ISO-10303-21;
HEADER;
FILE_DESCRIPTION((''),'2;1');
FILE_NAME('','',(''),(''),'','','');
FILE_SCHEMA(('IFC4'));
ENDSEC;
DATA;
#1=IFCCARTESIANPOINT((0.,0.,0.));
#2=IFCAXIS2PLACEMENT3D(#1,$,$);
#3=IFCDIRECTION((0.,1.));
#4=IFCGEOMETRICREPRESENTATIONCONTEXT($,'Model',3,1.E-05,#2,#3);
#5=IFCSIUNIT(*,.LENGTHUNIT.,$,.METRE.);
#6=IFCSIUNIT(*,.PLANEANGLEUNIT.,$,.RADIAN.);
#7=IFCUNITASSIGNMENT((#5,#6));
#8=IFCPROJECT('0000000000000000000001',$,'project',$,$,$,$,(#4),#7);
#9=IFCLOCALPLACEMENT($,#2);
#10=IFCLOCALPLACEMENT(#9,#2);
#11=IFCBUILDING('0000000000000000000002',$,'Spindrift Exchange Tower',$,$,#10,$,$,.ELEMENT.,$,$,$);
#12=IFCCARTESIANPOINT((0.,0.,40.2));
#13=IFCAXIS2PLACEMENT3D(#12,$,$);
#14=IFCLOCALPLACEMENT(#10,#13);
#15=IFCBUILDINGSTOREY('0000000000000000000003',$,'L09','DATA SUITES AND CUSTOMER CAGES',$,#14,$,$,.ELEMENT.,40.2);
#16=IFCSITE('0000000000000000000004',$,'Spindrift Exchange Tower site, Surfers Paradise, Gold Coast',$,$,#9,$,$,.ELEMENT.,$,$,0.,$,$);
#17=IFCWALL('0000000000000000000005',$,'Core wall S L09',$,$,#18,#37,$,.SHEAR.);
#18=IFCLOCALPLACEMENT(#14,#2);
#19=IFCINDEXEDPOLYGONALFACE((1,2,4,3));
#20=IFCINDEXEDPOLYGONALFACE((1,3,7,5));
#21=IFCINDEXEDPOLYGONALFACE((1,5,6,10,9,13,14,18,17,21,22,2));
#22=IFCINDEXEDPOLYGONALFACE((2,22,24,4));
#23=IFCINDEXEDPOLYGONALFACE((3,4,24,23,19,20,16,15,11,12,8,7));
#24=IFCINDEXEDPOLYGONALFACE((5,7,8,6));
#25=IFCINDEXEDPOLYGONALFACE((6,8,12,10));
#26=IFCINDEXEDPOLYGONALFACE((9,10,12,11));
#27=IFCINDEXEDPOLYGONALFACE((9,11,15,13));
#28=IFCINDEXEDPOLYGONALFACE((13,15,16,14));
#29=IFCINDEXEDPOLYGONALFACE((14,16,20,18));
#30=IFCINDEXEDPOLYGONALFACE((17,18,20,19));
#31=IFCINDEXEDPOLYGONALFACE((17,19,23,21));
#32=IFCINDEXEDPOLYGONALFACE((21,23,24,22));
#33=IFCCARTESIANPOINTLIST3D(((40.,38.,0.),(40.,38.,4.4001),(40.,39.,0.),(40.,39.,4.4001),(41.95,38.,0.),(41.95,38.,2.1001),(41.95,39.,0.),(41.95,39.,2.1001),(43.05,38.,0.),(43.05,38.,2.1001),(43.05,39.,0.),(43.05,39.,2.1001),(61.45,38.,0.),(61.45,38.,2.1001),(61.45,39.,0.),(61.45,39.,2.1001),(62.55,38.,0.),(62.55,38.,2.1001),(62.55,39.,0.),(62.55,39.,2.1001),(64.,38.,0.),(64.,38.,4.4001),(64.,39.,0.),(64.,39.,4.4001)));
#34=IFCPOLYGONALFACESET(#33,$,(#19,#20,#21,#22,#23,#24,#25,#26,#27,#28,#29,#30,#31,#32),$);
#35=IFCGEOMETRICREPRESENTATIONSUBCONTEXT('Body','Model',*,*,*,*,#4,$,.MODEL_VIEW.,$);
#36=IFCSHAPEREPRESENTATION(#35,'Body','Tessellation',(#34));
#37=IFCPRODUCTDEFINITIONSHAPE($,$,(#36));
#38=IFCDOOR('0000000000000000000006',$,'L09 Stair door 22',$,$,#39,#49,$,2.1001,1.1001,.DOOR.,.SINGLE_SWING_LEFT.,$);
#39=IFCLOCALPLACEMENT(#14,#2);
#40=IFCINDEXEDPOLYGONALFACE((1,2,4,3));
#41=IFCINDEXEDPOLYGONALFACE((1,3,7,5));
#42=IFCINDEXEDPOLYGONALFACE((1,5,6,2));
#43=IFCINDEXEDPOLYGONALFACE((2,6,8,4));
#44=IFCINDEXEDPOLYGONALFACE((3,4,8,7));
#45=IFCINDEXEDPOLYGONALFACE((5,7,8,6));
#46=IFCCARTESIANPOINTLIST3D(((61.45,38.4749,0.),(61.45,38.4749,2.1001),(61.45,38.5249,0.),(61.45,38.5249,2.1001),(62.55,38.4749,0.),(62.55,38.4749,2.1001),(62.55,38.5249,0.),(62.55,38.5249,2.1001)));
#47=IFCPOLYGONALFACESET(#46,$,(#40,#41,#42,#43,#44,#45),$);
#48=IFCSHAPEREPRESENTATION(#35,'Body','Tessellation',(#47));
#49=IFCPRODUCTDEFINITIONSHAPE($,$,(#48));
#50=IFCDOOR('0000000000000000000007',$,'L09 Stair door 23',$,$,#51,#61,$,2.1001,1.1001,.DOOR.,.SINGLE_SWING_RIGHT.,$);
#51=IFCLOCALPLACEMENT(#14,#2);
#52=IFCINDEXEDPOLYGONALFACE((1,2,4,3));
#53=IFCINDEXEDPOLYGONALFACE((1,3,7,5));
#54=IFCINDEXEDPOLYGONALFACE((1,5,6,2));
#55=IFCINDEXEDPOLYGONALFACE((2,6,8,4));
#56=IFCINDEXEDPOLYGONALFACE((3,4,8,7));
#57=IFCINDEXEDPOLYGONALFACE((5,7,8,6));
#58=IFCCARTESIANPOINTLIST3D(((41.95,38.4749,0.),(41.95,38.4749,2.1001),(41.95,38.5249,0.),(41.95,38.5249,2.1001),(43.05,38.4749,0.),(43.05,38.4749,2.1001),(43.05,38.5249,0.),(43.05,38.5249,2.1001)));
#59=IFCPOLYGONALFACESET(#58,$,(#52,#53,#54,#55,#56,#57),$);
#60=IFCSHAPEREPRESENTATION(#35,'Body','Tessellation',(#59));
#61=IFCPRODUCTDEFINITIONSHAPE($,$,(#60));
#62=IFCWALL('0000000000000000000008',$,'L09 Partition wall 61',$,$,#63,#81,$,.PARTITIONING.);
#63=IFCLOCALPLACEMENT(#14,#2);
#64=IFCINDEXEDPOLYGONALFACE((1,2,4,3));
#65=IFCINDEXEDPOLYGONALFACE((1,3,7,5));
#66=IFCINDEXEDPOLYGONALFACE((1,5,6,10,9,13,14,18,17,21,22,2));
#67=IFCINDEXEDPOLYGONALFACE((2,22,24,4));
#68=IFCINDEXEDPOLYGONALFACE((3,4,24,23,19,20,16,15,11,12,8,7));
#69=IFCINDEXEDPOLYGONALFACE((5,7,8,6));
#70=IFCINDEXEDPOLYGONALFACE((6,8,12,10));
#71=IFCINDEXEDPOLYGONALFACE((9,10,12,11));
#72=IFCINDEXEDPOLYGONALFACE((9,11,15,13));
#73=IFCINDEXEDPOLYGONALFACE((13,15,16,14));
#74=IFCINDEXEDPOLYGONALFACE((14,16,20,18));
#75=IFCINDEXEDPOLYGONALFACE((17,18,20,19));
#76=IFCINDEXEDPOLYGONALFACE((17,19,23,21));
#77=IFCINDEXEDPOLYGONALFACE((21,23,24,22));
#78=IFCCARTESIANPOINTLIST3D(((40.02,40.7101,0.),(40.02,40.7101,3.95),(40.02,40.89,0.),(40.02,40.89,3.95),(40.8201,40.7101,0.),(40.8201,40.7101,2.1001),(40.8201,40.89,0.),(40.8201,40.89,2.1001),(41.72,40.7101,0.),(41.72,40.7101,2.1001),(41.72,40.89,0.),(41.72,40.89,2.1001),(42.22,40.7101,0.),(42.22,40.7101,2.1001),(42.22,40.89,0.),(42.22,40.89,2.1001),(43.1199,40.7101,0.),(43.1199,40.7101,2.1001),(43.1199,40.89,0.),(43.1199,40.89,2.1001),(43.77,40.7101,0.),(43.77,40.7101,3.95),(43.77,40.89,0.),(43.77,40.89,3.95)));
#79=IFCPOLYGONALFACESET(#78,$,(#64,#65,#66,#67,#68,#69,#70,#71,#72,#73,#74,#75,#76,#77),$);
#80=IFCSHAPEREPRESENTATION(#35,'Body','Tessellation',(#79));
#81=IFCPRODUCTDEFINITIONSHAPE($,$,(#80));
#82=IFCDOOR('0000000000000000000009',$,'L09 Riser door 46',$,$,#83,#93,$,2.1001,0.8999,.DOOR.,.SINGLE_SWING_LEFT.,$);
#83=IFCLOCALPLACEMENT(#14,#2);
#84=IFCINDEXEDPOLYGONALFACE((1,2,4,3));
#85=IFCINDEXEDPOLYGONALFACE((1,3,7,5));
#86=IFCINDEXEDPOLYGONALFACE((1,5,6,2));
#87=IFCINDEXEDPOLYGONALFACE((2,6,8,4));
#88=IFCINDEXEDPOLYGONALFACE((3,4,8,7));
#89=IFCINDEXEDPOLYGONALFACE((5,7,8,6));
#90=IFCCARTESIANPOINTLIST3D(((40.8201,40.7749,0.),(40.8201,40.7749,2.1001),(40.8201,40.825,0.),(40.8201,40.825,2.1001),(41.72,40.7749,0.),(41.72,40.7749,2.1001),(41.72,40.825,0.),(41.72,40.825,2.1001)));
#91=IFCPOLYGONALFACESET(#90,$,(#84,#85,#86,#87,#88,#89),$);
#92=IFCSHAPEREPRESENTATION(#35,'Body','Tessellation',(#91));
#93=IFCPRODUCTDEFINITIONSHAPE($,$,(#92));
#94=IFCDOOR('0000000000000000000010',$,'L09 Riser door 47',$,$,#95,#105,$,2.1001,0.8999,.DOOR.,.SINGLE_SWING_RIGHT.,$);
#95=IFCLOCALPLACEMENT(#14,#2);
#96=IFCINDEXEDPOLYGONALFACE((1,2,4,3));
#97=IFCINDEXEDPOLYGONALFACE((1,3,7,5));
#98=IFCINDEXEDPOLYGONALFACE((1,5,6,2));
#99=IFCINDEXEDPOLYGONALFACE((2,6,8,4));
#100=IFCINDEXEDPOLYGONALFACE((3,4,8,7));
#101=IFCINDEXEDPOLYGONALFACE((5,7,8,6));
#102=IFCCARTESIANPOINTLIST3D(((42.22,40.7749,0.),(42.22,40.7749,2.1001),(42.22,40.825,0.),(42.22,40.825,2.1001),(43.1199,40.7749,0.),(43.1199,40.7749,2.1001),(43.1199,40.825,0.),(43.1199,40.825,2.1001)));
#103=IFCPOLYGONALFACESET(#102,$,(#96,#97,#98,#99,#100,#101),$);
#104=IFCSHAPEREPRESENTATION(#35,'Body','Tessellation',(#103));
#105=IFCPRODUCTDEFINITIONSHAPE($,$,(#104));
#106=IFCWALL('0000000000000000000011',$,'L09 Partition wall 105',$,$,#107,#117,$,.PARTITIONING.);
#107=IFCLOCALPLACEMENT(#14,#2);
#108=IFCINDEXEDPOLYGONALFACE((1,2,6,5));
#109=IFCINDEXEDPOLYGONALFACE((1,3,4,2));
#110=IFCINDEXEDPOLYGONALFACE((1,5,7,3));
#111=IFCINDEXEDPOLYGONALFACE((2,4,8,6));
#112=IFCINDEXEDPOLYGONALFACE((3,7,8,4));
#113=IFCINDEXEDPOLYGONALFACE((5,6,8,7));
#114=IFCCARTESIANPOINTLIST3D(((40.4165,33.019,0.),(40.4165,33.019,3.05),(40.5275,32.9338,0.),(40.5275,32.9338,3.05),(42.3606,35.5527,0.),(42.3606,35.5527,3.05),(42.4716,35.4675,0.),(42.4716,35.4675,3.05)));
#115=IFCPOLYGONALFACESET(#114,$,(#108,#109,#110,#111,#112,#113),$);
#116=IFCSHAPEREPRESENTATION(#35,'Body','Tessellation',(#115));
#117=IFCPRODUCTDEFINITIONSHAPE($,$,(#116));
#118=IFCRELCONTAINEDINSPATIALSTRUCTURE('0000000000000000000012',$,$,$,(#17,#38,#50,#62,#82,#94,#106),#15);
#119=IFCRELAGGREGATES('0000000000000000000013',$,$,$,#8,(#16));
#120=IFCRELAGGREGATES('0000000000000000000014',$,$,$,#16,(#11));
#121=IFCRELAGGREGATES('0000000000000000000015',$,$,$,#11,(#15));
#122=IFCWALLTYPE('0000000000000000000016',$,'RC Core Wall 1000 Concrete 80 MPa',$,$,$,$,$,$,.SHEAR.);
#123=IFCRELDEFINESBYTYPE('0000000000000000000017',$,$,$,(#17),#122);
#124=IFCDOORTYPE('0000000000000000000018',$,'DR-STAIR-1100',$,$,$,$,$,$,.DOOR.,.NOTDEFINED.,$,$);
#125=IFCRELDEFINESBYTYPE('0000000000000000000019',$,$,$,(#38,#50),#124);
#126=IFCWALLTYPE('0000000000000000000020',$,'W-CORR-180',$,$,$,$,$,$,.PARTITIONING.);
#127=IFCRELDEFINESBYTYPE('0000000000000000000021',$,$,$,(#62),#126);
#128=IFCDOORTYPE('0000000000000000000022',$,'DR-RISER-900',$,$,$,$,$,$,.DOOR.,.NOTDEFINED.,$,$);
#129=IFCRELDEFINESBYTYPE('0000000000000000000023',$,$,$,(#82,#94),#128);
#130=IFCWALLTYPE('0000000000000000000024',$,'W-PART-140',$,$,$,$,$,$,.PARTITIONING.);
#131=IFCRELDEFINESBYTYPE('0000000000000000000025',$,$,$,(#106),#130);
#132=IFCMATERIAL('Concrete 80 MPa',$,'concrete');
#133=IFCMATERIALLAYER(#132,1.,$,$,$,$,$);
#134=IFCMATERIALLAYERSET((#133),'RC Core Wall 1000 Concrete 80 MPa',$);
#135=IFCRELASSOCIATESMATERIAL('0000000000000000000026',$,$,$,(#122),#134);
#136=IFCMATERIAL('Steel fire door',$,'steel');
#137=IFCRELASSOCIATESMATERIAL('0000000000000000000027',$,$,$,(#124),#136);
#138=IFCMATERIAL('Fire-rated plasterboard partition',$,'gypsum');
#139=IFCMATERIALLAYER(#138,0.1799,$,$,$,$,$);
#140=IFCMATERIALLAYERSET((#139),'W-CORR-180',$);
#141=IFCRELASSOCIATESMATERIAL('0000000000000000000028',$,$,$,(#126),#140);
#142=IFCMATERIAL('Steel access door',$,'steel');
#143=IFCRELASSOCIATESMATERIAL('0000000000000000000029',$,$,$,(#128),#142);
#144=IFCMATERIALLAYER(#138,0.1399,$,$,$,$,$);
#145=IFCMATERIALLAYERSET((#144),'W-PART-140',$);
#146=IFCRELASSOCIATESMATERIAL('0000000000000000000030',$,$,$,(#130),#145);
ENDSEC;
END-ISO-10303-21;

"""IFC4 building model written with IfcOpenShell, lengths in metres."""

from ifc_helpers import new_model, si_unit, direction, frame, frame_2d, origin, place, context, subcontext, project, spatial, rectangle, extrude, source, transform, mapped, material, layer, layer_set, type_object, element, fill, save


model = new_model("IFC4")

# Units and contexts
model_context = context("Model", 3, precision=1e-05, world=origin(), true_north=direction((0.0, 1.0)))
body_context = subcontext(model_context, "Body", "Model", "MODEL_VIEW")
ifc_project = project(units=[si_unit("LENGTHUNIT", "METRE"), si_unit("PLANEANGLEUNIT", "RADIAN")], contexts=[model_context])

# Site, building, storey
site_placement = place(None, origin())
site = spatial("IfcSite", under=ifc_project, at=site_placement, Name="Spindrift Exchange Tower site, Surfers Paradise, Gold Coast", CompositionType="ELEMENT", RefElevation=0.0)
building_placement = place(site_placement, origin())
building = spatial("IfcBuilding", under=site, at=building_placement, Name="Spindrift Exchange Tower", CompositionType="ELEMENT")
storey_placement = place(building_placement, frame((0.0, 0.0, 40.2)))
storey = spatial("IfcBuildingStorey", under=building, at=storey_placement, Name="L09", Description="DATA SUITES AND CUSTOMER CAGES", CompositionType="ELEMENT", Elevation=40.2)

# Shared definitions
ifc_material_1 = material(Name="Concrete 80 MPa", Category="concrete")

# Walls, openings, doors
ifc_layer_1 = layer(ifc_material_1, 1.0)
ifc_layer_set_1 = layer_set([ifc_layer_1], Name="RC Core Wall 1000 Concrete 80 MPa")
wall_type_1 = type_object("IfcWallType", Name="RC Core Wall 1000 Concrete 80 MPa", PredefinedType="SHEAR", material=ifc_layer_set_1)
wall_1_placement = place(storey_placement, frame((40.0, 38.5, 0.0), z_axis=(0.0, 0.0, 1.0), x_axis=(1.0, 0.0, 0.0)))
wall_1 = element("IfcWall", 1, at=wall_1_placement, inside=storey, type_object=wall_type_1, Name="Core wall S L09", PredefinedType="SHEAR", context=body_context, shape_type="SweptSolid", body=[
    extrude(rectangle(XDim=24.0, YDim=1.0, at=frame_2d((12.0, 0.0))), origin(), (0.0, 0.0, 1.0), 4.4001),
])
opening_1_placement = place(wall_1_placement, frame((21.45, 0.0, 0.0)))
opening_1 = element("IfcOpeningElement", 2, at=opening_1_placement, cuts=wall_1, PredefinedType="OPENING", context=body_context, shape_type="SweptSolid", body=[
    extrude(rectangle(XDim=1.1001, YDim=2.1001, at=frame_2d((0.55, 1.05))), frame((0.0, 0.51, 0.0), z_axis=(0.0, -1.0, 0.0), x_axis=(1.0, 0.0, 0.0)), (0.0, 0.0, 1.0), 1.02),
])
opening_2_placement = place(wall_1_placement, frame((1.95, 0.0, 0.0)))
opening_2 = element("IfcOpeningElement", 3, at=opening_2_placement, cuts=wall_1, PredefinedType="OPENING", context=body_context, shape_type="SweptSolid", body=[
    extrude(rectangle(XDim=1.1001, YDim=2.1001, at=frame_2d((0.55, 1.05))), frame((0.0, 0.51, 0.0), z_axis=(0.0, -1.0, 0.0), x_axis=(1.0, 0.0, 0.0)), (0.0, 0.0, 1.0), 1.02),
])
ifc_material_2 = material(Name="Steel fire door", Category="steel")
door_type_1 = type_object("IfcDoorType", Name="DR-STAIR-1100", OperationType="NOTDEFINED", PredefinedType="DOOR", material=ifc_material_2)
shared_shape_1 = source(origin(), body_context, "Body", "SweptSolid", [
    extrude(rectangle(XDim=1.1001, YDim=2.1001, at=frame_2d((0.55, 1.05))), frame((0.0, 0.0249, 0.0), z_axis=(0.0, -1.0, 0.0), x_axis=(1.0, 0.0, 0.0)), (0.0, 0.0, 1.0), 0.05),
])
door_1_placement = place(opening_1_placement, origin())
door_1 = element("IfcDoor", 4, at=door_1_placement, inside=storey, type_object=door_type_1, Name="L09 Stair door 22", OperationType="SINGLE_SWING_LEFT", OverallHeight=2.1001, OverallWidth=1.1001, PredefinedType="DOOR", context=body_context, shape_type="MappedRepresentation", body=[
    mapped(shared_shape_1, transform((0.0, 0.0, 0.0), scale=1.0)),
])
fill(opening_1, door_1)
door_2_placement = place(opening_2_placement, origin())
door_2 = element("IfcDoor", 5, at=door_2_placement, inside=storey, type_object=door_type_1, Name="L09 Stair door 23", OperationType="SINGLE_SWING_RIGHT", OverallHeight=2.1001, OverallWidth=1.1001, PredefinedType="DOOR", context=body_context, shape_type="MappedRepresentation", body=[
    mapped(shared_shape_1, transform((0.0, 0.0, 0.0), scale=1.0)),
])
fill(opening_2, door_2)
ifc_material_3 = material(Name="Fire-rated plasterboard partition", Category="gypsum")
ifc_layer_2 = layer(ifc_material_3, 0.1799)
ifc_layer_set_2 = layer_set([ifc_layer_2], Name="W-CORR-180")
wall_type_2 = type_object("IfcWallType", Name="W-CORR-180", PredefinedType="PARTITIONING", material=ifc_layer_set_2)
wall_2_placement = place(storey_placement, frame((40.02, 40.8, 0.0), z_axis=(0.0, 0.0, 1.0), x_axis=(1.0, 0.0, 0.0)))
wall_2 = element("IfcWall", 6, at=wall_2_placement, inside=storey, type_object=wall_type_2, Name="L09 Partition wall 61", PredefinedType="PARTITIONING", context=body_context, shape_type="SweptSolid", body=[
    extrude(rectangle(XDim=3.75, YDim=0.1799, at=frame_2d((1.875, 0.0))), origin(), (0.0, 0.0, 1.0), 3.95),
])
opening_3_placement = place(wall_2_placement, frame((0.8, 0.0, 0.0)))
opening_3 = element("IfcOpeningElement", 7, at=opening_3_placement, cuts=wall_2, PredefinedType="OPENING", context=body_context, shape_type="SweptSolid", body=[
    extrude(rectangle(XDim=0.8999, YDim=2.1001, at=frame_2d((0.45, 1.05))), frame((0.0, 0.0999, 0.0), z_axis=(0.0, -1.0, 0.0), x_axis=(1.0, 0.0, 0.0)), (0.0, 0.0, 1.0), 0.2),
])
opening_4_placement = place(wall_2_placement, frame((2.2, 0.0, 0.0)))
opening_4 = element("IfcOpeningElement", 8, at=opening_4_placement, cuts=wall_2, PredefinedType="OPENING", context=body_context, shape_type="SweptSolid", body=[
    extrude(rectangle(XDim=0.8999, YDim=2.1001, at=frame_2d((0.45, 1.05))), frame((0.0, 0.0999, 0.0), z_axis=(0.0, -1.0, 0.0), x_axis=(1.0, 0.0, 0.0)), (0.0, 0.0, 1.0), 0.2),
])
ifc_material_4 = material(Name="Steel access door", Category="steel")
door_type_2 = type_object("IfcDoorType", Name="DR-RISER-900", OperationType="NOTDEFINED", PredefinedType="DOOR", material=ifc_material_4)
shared_shape_2 = source(origin(), body_context, "Body", "SweptSolid", [
    extrude(rectangle(XDim=0.8999, YDim=2.1001, at=frame_2d((0.45, 1.05))), frame((0.0, 0.0249, 0.0), z_axis=(0.0, -1.0, 0.0), x_axis=(1.0, 0.0, 0.0)), (0.0, 0.0, 1.0), 0.05),
])
door_3_placement = place(opening_3_placement, origin())
door_3 = element("IfcDoor", 9, at=door_3_placement, inside=storey, type_object=door_type_2, Name="L09 Riser door 46", OperationType="SINGLE_SWING_LEFT", OverallHeight=2.1001, OverallWidth=0.8999, PredefinedType="DOOR", context=body_context, shape_type="MappedRepresentation", body=[
    mapped(shared_shape_2, transform((0.0, 0.0, 0.0), scale=1.0)),
])
fill(opening_3, door_3)
door_4_placement = place(opening_4_placement, origin())
door_4 = element("IfcDoor", 10, at=door_4_placement, inside=storey, type_object=door_type_2, Name="L09 Riser door 47", OperationType="SINGLE_SWING_RIGHT", OverallHeight=2.1001, OverallWidth=0.8999, PredefinedType="DOOR", context=body_context, shape_type="MappedRepresentation", body=[
    mapped(shared_shape_2, transform((0.0, 0.0, 0.0), scale=1.0)),
])
fill(opening_4, door_4)

# Wall
ifc_layer_3 = layer(ifc_material_3, 0.1399)
ifc_layer_set_3 = layer_set([ifc_layer_3], Name="W-PART-140")
wall_type_3 = type_object("IfcWallType", Name="W-PART-140", PredefinedType="PARTITIONING", material=ifc_layer_set_3)
wall_3_placement = place(storey_placement, frame((42.416, 35.51, 0.0), z_axis=(0.0, 0.0, 1.0), x_axis=(-0.608746, -0.793365, 0.0)))
element("IfcWall", 11, at=wall_3_placement, inside=storey, type_object=wall_type_3, Name="L09 Partition wall 105", PredefinedType="PARTITIONING", context=body_context, shape_type="SweptSolid", body=[
    extrude(rectangle(XDim=3.1936, YDim=0.1399, at=frame_2d((1.5967, 0.0))), origin(), (0.0, 0.0, 1.0), 3.05),
])

save(model, "model.ifc")
